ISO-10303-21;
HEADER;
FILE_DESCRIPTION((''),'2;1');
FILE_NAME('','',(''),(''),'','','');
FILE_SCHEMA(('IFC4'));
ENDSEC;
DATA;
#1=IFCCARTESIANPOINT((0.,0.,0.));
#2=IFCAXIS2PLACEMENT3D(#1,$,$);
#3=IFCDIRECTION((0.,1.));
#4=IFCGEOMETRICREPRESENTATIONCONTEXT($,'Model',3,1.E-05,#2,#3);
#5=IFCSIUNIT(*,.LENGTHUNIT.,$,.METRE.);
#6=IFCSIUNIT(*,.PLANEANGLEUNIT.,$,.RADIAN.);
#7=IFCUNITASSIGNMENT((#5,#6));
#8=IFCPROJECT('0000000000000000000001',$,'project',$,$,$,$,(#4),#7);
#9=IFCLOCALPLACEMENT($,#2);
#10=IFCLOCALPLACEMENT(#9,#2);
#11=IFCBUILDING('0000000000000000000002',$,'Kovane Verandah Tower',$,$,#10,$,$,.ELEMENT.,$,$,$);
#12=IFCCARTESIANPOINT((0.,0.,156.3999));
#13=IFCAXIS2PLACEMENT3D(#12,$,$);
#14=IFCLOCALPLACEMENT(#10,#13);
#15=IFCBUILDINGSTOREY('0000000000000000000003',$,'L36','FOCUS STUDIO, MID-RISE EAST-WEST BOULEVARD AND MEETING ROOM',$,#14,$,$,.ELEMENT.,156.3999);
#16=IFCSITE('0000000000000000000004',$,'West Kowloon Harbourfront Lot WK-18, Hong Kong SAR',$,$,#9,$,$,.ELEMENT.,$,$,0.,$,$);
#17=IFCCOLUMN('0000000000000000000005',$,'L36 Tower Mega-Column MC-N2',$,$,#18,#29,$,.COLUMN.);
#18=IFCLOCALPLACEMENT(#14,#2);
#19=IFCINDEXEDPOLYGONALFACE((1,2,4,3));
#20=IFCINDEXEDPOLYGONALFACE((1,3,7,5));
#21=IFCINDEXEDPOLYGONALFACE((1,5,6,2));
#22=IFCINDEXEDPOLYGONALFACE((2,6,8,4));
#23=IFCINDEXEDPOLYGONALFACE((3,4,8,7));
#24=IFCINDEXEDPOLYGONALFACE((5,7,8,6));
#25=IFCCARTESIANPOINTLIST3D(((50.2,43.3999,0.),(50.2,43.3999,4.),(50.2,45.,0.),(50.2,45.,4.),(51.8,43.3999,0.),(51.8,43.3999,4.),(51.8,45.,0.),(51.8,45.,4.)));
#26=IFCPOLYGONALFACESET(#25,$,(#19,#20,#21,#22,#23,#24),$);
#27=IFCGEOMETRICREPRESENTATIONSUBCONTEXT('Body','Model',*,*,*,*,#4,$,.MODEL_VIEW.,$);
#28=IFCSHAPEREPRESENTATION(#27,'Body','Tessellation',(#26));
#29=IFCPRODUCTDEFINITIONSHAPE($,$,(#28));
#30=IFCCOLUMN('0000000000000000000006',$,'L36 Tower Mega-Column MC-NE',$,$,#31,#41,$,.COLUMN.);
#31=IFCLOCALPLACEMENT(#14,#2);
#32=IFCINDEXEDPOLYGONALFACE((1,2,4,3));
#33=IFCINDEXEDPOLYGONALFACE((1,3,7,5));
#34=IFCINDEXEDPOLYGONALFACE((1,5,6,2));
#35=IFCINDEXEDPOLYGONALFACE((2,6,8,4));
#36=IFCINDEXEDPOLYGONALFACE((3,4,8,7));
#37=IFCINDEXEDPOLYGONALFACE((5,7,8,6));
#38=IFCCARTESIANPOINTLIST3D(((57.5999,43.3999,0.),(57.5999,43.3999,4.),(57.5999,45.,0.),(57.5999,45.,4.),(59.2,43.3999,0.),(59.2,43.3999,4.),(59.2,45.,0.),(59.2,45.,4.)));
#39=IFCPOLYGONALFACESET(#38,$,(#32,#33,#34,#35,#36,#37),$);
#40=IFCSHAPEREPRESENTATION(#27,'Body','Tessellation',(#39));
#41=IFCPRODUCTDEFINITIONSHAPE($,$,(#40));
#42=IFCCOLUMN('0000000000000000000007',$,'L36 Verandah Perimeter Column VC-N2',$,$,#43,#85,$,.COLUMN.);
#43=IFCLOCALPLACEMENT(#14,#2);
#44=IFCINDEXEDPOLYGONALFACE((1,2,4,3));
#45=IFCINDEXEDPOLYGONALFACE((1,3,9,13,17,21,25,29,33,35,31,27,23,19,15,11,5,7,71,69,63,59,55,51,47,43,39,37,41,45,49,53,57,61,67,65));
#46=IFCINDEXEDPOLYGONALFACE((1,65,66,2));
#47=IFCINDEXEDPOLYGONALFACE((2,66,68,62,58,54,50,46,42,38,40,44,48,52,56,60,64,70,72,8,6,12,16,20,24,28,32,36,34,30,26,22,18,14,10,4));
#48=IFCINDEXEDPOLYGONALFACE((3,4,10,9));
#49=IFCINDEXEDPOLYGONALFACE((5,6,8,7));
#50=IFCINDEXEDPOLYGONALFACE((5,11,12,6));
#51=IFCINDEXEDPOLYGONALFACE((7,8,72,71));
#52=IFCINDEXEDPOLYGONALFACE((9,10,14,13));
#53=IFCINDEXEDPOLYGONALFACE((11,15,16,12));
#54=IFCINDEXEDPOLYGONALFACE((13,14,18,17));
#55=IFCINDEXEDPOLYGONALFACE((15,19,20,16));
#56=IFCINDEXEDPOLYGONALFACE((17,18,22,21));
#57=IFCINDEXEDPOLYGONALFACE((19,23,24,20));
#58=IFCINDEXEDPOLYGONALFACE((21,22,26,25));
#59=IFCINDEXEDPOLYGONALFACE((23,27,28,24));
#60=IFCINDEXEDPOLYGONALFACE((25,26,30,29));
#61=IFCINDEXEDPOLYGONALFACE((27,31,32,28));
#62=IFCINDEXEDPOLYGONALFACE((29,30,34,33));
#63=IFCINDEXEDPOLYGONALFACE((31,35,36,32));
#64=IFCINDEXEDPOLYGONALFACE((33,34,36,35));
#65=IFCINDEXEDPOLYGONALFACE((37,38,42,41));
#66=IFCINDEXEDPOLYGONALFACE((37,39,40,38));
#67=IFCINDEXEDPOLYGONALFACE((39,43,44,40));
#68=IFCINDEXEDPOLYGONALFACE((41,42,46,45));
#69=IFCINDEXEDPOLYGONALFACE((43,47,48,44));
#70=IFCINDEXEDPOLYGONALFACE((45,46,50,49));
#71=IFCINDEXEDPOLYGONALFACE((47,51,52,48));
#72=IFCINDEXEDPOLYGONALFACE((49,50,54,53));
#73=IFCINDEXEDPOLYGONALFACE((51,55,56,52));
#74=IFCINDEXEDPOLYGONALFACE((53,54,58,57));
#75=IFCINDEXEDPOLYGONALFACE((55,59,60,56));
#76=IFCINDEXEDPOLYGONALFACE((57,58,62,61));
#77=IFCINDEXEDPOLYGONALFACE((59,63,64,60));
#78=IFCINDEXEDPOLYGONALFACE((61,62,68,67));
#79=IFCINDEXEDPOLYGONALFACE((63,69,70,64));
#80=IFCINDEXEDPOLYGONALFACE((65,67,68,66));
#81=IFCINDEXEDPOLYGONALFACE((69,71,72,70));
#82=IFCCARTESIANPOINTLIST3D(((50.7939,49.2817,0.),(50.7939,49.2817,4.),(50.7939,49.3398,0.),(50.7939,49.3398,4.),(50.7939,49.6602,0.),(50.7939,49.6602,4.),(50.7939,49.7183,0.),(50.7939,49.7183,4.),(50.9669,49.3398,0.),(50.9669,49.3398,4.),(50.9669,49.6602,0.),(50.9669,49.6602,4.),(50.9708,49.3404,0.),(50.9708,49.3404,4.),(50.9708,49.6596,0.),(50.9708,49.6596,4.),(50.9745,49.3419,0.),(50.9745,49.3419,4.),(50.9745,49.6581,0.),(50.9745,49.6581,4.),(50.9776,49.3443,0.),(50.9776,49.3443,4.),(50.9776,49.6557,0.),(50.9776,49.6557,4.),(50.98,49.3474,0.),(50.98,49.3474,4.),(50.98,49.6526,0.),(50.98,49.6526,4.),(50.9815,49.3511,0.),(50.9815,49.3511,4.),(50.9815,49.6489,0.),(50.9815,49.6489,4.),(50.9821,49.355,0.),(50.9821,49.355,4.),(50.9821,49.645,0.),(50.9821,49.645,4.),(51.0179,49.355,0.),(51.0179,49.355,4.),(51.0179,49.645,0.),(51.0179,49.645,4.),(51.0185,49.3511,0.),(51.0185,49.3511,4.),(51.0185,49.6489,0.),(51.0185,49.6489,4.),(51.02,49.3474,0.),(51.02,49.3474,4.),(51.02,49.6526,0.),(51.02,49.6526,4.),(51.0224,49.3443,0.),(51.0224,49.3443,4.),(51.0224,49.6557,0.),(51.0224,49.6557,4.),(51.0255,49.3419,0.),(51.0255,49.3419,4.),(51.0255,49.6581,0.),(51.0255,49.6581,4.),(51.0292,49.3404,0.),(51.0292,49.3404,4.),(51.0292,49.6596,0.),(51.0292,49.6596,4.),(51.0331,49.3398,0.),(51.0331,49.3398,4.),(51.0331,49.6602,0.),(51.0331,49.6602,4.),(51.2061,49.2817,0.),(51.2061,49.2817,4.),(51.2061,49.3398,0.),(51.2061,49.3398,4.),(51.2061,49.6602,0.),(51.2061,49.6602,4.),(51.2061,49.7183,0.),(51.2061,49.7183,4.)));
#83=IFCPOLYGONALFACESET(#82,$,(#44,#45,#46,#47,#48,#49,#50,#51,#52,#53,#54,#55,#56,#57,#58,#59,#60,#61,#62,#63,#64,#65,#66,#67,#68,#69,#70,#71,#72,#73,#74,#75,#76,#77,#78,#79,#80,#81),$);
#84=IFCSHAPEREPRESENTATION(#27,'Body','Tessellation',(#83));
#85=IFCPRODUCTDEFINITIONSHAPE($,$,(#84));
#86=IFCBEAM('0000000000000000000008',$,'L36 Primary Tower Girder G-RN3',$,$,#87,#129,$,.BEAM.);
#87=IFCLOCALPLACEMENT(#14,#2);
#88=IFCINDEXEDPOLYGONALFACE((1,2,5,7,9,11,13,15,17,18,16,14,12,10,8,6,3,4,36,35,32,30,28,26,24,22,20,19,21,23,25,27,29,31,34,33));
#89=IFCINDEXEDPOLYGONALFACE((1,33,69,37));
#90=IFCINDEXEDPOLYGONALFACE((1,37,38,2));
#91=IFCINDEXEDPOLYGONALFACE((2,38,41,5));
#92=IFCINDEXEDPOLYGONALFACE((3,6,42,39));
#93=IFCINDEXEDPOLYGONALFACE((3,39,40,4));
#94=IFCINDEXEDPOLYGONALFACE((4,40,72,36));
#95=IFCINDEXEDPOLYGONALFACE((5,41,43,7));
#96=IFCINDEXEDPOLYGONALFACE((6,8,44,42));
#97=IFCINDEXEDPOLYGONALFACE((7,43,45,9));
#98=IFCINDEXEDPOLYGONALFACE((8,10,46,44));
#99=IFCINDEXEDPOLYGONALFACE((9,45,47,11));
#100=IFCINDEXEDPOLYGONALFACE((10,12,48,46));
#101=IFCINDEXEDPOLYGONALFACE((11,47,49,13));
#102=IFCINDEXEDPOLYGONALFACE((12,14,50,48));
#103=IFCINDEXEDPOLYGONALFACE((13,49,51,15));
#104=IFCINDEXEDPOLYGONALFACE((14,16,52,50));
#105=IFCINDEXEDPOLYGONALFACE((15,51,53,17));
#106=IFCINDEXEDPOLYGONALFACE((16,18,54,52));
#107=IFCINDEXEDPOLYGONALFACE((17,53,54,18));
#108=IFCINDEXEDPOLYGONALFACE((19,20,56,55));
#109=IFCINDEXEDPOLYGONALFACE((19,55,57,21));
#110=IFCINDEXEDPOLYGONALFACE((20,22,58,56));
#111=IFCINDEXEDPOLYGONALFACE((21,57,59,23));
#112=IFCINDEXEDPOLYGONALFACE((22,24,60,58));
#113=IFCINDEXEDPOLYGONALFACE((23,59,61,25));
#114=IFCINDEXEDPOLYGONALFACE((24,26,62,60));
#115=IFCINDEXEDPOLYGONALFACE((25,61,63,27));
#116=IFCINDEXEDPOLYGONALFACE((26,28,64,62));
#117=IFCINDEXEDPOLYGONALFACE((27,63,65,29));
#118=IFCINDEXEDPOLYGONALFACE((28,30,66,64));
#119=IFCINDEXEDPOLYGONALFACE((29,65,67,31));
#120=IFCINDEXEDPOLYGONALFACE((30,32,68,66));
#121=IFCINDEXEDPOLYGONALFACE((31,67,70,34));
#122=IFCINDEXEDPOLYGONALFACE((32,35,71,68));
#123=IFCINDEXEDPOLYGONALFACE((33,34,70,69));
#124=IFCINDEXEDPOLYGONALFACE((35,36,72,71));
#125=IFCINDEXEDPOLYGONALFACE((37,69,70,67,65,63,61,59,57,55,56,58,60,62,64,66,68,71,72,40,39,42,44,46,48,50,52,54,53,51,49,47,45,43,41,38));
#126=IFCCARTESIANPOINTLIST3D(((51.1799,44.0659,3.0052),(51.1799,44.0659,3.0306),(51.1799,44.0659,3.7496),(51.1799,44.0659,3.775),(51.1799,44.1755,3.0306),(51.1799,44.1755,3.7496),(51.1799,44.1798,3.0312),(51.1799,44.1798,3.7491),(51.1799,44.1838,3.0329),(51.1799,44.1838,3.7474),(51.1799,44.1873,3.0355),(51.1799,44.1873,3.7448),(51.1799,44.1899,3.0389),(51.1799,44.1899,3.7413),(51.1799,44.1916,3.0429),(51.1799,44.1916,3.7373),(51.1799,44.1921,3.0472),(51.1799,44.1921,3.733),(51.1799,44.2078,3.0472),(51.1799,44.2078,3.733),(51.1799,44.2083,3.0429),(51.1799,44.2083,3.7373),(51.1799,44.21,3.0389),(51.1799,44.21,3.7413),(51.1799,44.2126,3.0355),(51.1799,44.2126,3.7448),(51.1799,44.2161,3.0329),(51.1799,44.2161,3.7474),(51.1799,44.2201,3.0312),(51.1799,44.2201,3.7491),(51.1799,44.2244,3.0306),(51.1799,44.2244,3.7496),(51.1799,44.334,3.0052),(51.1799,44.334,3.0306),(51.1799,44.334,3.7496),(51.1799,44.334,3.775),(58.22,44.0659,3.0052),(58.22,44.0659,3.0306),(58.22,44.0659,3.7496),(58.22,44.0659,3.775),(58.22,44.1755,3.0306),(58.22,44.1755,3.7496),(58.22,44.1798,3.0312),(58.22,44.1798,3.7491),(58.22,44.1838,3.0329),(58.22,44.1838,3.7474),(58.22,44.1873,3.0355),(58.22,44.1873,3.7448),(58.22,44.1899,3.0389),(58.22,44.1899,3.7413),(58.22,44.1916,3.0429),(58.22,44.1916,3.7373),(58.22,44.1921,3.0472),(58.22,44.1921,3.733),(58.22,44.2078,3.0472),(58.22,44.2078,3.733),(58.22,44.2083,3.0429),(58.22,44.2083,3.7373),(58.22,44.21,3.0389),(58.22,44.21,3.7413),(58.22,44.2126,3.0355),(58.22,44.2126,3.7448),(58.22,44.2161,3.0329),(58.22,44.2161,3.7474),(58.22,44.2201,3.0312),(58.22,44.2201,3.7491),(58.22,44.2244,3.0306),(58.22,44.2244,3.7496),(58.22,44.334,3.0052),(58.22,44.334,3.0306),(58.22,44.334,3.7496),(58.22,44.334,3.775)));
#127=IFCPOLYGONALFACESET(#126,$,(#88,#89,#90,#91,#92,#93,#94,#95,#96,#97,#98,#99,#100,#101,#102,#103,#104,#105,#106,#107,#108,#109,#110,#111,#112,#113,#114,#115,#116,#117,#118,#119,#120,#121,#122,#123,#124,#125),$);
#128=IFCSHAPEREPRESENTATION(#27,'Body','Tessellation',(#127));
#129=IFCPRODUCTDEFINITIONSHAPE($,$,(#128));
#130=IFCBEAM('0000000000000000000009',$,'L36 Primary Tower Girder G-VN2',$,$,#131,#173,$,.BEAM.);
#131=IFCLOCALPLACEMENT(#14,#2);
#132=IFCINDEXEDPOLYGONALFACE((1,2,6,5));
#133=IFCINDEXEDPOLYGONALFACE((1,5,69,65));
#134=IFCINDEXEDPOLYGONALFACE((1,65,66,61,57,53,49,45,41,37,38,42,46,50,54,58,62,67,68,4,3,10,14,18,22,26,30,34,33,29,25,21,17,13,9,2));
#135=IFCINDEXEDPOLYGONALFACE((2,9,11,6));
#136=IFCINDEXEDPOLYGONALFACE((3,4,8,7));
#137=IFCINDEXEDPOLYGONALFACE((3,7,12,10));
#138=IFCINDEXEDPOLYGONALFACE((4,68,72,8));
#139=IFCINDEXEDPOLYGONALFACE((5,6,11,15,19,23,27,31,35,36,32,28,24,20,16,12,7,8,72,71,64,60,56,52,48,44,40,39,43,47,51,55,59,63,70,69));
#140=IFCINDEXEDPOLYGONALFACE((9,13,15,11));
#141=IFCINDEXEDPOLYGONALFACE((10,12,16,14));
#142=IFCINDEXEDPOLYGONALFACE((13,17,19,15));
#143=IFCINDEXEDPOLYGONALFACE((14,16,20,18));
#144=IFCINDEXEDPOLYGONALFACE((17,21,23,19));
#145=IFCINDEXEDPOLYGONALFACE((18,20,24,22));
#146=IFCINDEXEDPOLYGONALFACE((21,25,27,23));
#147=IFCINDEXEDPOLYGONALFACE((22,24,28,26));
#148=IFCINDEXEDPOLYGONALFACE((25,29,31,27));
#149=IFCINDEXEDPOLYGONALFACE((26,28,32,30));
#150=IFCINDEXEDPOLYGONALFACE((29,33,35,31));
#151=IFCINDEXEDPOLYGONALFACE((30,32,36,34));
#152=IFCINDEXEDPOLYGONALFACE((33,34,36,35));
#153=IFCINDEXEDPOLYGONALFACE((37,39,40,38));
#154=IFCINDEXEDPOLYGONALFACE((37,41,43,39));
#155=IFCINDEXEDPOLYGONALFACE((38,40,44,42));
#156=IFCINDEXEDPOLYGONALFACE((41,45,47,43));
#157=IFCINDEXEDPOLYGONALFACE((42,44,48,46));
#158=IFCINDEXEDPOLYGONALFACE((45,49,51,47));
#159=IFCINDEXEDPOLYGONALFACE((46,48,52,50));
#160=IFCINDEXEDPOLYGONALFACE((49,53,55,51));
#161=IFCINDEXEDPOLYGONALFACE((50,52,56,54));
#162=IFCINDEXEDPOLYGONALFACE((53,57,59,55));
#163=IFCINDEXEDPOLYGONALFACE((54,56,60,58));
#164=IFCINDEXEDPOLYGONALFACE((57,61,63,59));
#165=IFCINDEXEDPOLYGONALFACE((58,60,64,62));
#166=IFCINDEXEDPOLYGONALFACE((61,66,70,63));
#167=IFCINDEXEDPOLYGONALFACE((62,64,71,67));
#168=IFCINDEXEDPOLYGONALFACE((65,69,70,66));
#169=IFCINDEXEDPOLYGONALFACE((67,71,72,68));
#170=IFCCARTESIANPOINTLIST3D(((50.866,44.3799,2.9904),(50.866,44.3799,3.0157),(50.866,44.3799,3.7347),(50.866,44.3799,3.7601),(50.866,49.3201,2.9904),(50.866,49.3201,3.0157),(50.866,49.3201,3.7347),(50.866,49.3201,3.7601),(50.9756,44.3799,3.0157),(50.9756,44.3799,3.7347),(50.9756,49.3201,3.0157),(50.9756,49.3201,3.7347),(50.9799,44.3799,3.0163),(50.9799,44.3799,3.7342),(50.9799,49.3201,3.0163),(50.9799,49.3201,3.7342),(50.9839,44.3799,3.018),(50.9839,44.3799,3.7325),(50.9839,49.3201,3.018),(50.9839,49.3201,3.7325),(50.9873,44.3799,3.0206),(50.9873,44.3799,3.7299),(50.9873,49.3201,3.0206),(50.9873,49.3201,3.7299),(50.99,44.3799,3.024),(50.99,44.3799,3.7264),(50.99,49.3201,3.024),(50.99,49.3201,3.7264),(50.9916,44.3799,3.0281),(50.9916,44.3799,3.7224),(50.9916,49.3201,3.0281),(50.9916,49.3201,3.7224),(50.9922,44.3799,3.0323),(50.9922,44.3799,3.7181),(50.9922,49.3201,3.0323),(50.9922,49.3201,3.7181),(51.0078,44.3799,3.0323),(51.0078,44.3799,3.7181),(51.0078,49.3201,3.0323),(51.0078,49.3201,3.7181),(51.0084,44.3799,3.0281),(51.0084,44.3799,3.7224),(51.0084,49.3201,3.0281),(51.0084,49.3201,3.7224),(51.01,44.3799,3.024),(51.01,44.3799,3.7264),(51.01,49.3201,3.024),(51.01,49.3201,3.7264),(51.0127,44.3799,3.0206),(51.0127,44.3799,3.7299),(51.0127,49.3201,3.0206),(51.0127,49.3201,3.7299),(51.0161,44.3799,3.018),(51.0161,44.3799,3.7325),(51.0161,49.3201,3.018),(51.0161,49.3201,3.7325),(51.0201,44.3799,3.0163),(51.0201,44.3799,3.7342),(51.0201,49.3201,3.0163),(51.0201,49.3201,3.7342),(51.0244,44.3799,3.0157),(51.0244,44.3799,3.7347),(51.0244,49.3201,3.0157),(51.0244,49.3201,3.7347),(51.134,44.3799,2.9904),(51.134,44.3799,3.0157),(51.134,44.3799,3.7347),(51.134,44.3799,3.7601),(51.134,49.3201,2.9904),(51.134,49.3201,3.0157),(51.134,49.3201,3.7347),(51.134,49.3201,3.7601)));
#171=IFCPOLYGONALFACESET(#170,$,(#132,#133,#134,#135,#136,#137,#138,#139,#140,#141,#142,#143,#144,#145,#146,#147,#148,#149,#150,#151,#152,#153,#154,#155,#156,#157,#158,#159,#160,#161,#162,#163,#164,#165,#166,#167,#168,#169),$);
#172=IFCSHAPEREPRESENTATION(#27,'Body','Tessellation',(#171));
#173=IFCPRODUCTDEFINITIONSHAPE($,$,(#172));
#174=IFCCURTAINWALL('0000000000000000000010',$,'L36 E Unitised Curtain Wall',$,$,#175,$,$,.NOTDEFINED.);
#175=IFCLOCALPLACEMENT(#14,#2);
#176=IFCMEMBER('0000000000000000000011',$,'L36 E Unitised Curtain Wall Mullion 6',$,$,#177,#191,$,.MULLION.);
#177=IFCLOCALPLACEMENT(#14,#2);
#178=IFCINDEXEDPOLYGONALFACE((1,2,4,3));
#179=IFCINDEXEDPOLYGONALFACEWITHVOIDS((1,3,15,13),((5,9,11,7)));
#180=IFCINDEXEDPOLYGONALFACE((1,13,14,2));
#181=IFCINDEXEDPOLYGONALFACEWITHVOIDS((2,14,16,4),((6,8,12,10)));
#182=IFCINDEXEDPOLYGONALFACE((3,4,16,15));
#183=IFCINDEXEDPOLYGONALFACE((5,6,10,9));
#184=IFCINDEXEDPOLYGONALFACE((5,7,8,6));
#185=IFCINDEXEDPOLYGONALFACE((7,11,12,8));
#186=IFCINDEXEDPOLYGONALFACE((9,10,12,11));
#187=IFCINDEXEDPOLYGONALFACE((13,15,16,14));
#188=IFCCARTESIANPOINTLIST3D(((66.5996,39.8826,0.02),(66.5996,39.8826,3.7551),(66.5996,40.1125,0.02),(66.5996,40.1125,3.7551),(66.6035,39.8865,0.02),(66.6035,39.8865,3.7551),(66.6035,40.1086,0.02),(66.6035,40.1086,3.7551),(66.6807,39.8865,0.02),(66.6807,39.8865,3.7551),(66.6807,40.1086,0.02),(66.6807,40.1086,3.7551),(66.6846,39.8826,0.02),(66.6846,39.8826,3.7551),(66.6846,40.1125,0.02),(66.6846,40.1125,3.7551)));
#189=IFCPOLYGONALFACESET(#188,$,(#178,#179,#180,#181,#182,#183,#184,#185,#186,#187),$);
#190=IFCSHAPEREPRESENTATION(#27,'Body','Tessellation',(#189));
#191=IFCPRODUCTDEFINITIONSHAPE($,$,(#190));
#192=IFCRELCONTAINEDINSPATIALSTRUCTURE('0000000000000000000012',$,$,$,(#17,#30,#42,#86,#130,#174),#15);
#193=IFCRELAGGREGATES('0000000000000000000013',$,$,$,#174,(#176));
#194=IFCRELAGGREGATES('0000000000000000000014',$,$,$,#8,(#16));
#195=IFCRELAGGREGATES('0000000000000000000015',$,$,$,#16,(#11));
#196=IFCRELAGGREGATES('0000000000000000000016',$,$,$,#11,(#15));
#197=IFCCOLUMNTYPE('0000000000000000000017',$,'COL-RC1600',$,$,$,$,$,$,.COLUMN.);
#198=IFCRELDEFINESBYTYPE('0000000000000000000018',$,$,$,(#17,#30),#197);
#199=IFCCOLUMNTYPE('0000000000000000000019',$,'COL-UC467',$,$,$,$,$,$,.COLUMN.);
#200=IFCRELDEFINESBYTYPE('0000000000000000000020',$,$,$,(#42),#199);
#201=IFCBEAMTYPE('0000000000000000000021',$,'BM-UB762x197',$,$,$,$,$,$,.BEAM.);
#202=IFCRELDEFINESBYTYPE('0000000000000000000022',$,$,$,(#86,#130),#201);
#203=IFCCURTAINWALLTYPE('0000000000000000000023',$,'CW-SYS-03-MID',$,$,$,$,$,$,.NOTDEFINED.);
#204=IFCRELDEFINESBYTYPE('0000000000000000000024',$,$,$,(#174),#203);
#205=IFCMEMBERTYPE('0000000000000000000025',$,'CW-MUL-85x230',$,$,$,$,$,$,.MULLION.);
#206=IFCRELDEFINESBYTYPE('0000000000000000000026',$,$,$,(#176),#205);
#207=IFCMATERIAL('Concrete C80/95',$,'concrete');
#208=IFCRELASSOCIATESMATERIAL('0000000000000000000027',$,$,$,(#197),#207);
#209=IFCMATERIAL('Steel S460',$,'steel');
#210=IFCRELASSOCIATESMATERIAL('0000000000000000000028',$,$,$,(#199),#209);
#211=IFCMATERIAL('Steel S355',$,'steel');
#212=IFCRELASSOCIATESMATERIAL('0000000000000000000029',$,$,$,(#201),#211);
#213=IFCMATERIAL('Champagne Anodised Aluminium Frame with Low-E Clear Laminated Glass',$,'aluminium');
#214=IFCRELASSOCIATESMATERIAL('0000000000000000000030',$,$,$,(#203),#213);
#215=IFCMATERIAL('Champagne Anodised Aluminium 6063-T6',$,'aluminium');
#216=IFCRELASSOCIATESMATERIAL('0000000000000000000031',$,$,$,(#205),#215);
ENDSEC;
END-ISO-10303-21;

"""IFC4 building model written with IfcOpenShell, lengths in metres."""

from ifc_helpers import new_model, si_unit, direction, frame, origin, origin_2d, place, context, subcontext, project, spatial, rectangle, hollow_rectangle, i_section, extrude, material, material_profile, profile_set, type_object, element, aggregate, save


model = new_model("IFC4")

# Units and contexts
model_context = context("Model", 3, precision=1e-05, world=origin(), true_north=direction((0.0, 1.0)))
body_context = subcontext(model_context, "Body", "Model", "MODEL_VIEW")
ifc_project = project(units=[si_unit("LENGTHUNIT", "METRE"), si_unit("PLANEANGLEUNIT", "RADIAN")], contexts=[model_context])

# Site, building, storey
site_placement = place(None, origin())
site = spatial("IfcSite", under=ifc_project, at=site_placement, Name="West Kowloon Harbourfront Lot WK-18, Hong Kong SAR", CompositionType="ELEMENT", RefElevation=0.0)
building_placement = place(site_placement, origin())
building = spatial("IfcBuilding", under=site, at=building_placement, Name="Kovane Verandah Tower", CompositionType="ELEMENT")
storey_placement = place(building_placement, frame((0.0, 0.0, 156.3999)))
storey = spatial("IfcBuildingStorey", under=building, at=storey_placement, Name="L36", Description="FOCUS STUDIO, MID-RISE EAST-WEST BOULEVARD AND MEETING ROOM", CompositionType="ELEMENT", Elevation=156.3999)

# Columns
ifc_material_1 = material(Name="Concrete C80/95", Category="concrete")
ifc_material_profile_1 = material_profile(ifc_material_1, rectangle(XDim=1.6001, YDim=1.6001, at=origin_2d()), Name="RC1600x1600")
ifc_profile_set_1 = profile_set([ifc_material_profile_1], Name="Concrete C80/95")
column_type_1 = type_object("IfcColumnType", Name="COL-RC1600", PredefinedType="COLUMN", material=ifc_profile_set_1)
for number, where, z_axis, x_axis, name in (
    (1, (51.0, 44.2, 0.0), (0.0, 0.0, 1.0), (1.0, 0.0, 0.0), "L36 Tower Mega-Column MC-N2"),
    (2, (58.3999, 44.2, 0.0), (0.0, 0.0, 1.0), (1.0, 0.0, 0.0), "L36 Tower Mega-Column MC-NE"),
):
    element("IfcColumn", number, at=place(storey_placement, frame(where, z_axis=z_axis, x_axis=x_axis)), inside=storey, type_object=column_type_1, Name=name, PredefinedType="COLUMN", context=body_context, shape_type="SweptSolid", body=[
        extrude(rectangle(XDim=1.6001, YDim=1.6001, at=origin_2d()), origin(), (0.0, 0.0, 1.0), 4.0),
    ])
ifc_material_2 = material(Name="Steel S460", Category="steel")
ifc_material_profile_2 = material_profile(ifc_material_2, i_section(OverallWidth=0.4121, OverallDepth=0.4365, WebThickness=0.0359, FlangeThickness=0.0581, FilletRadius=0.0151, at=origin_2d()), Name="UC356x406x467")
ifc_profile_set_2 = profile_set([ifc_material_profile_2], Name="Steel S460")
column_type_2 = type_object("IfcColumnType", Name="COL-UC467", PredefinedType="COLUMN", material=ifc_profile_set_2)
column_placement = place(storey_placement, frame((51.0, 49.5, 0.0), z_axis=(0.0, 0.0, 1.0), x_axis=(1.0, 0.0, 0.0)))
element("IfcColumn", 3, at=column_placement, inside=storey, type_object=column_type_2, Name="L36 Verandah Perimeter Column VC-N2", PredefinedType="COLUMN", context=body_context, shape_type="SweptSolid", body=[
    extrude(i_section(OverallWidth=0.4121, OverallDepth=0.4365, WebThickness=0.0359, FlangeThickness=0.0581, FilletRadius=0.0151, at=origin_2d()), origin(), (0.0, 0.0, 1.0), 4.0),
])

# Beams
ifc_material_3 = material(Name="Steel S355", Category="steel")
ifc_material_profile_3 = material_profile(ifc_material_3, i_section(OverallWidth=0.2681, OverallDepth=0.7698, WebThickness=0.0156, FlangeThickness=0.0254, FilletRadius=0.0166, at=origin_2d()), Name="UB762x267x197")
ifc_profile_set_3 = profile_set([ifc_material_profile_3], Name="Steel S355")
beam_type_1 = type_object("IfcBeamType", Name="BM-UB762x197", PredefinedType="BEAM", material=ifc_profile_set_3)
beam_1_placement = place(storey_placement, frame((51.1799, 44.2, 3.3901), z_axis=(1.0, 0.0, 0.0), x_axis=(0.0, 1.0, 0.0)))
element("IfcBeam", 4, at=beam_1_placement, inside=storey, type_object=beam_type_1, Name="L36 Primary Tower Girder G-RN3", PredefinedType="BEAM", context=body_context, shape_type="SweptSolid", body=[
    extrude(i_section(OverallWidth=0.2681, OverallDepth=0.7698, WebThickness=0.0156, FlangeThickness=0.0254, FilletRadius=0.0166, at=origin_2d()), origin(), (0.0, 0.0, 1.0), 7.04),
])
beam_2_placement = place(storey_placement, frame((51.0, 44.3799, 3.3752), z_axis=(0.0, 1.0, 0.0), x_axis=(-1.0, 0.0, 0.0)))
element("IfcBeam", 5, at=beam_2_placement, inside=storey, type_object=beam_type_1, Name="L36 Primary Tower Girder G-VN2", PredefinedType="BEAM", context=body_context, shape_type="SweptSolid", body=[
    extrude(i_section(OverallWidth=0.2681, OverallDepth=0.7698, WebThickness=0.0156, FlangeThickness=0.0254, FilletRadius=0.0166, at=origin_2d()), origin(), (0.0, 0.0, 1.0), 4.9402),
])

# Curtain wall, member
ifc_material_4 = material(Name="Champagne Anodised Aluminium Frame with Low-E Clear Laminated Glass", Category="aluminium")
curtain_wall_type = type_object("IfcCurtainWallType", Name="CW-SYS-03-MID", PredefinedType="NOTDEFINED", material=ifc_material_4)
curtain_wall_placement = place(storey_placement, origin())
curtain_wall = element("IfcCurtainWall", 6, at=curtain_wall_placement, inside=storey, type_object=curtain_wall_type, Name="L36 E Unitised Curtain Wall", PredefinedType="NOTDEFINED")
ifc_material_5 = material(Name="Champagne Anodised Aluminium 6063-T6", Category="aluminium")
ifc_material_profile_4 = material_profile(ifc_material_5, hollow_rectangle(XDim=0.085, YDim=0.23, WallThickness=0.0039, at=origin_2d()), Name="AL85x230x4")
ifc_profile_set_4 = profile_set([ifc_material_profile_4], Name="Champagne Anodised Aluminium 6063-T6")
member_type_1 = type_object("IfcMemberType", Name="CW-MUL-85x230", PredefinedType="MULLION", material=ifc_profile_set_4)
member_1_placement = place(storey_placement, frame((66.6421, 39.9976, 0.02), z_axis=(0.0, 0.0, 1.0), x_axis=(1.0, 0.0, 0.0)))
member_1 = element("IfcMember", 7, at=member_1_placement, type_object=member_type_1, Name="L36 E Unitised Curtain Wall Mullion 6", PredefinedType="MULLION", context=body_context, shape_type="SweptSolid", body=[
    extrude(hollow_rectangle(XDim=0.085, YDim=0.23, WallThickness=0.0039, at=origin_2d()), origin(), (0.0, 0.0, 1.0), 3.7351),
])

aggregate(curtain_wall, [member_1])

save(model, "model.ifc")
